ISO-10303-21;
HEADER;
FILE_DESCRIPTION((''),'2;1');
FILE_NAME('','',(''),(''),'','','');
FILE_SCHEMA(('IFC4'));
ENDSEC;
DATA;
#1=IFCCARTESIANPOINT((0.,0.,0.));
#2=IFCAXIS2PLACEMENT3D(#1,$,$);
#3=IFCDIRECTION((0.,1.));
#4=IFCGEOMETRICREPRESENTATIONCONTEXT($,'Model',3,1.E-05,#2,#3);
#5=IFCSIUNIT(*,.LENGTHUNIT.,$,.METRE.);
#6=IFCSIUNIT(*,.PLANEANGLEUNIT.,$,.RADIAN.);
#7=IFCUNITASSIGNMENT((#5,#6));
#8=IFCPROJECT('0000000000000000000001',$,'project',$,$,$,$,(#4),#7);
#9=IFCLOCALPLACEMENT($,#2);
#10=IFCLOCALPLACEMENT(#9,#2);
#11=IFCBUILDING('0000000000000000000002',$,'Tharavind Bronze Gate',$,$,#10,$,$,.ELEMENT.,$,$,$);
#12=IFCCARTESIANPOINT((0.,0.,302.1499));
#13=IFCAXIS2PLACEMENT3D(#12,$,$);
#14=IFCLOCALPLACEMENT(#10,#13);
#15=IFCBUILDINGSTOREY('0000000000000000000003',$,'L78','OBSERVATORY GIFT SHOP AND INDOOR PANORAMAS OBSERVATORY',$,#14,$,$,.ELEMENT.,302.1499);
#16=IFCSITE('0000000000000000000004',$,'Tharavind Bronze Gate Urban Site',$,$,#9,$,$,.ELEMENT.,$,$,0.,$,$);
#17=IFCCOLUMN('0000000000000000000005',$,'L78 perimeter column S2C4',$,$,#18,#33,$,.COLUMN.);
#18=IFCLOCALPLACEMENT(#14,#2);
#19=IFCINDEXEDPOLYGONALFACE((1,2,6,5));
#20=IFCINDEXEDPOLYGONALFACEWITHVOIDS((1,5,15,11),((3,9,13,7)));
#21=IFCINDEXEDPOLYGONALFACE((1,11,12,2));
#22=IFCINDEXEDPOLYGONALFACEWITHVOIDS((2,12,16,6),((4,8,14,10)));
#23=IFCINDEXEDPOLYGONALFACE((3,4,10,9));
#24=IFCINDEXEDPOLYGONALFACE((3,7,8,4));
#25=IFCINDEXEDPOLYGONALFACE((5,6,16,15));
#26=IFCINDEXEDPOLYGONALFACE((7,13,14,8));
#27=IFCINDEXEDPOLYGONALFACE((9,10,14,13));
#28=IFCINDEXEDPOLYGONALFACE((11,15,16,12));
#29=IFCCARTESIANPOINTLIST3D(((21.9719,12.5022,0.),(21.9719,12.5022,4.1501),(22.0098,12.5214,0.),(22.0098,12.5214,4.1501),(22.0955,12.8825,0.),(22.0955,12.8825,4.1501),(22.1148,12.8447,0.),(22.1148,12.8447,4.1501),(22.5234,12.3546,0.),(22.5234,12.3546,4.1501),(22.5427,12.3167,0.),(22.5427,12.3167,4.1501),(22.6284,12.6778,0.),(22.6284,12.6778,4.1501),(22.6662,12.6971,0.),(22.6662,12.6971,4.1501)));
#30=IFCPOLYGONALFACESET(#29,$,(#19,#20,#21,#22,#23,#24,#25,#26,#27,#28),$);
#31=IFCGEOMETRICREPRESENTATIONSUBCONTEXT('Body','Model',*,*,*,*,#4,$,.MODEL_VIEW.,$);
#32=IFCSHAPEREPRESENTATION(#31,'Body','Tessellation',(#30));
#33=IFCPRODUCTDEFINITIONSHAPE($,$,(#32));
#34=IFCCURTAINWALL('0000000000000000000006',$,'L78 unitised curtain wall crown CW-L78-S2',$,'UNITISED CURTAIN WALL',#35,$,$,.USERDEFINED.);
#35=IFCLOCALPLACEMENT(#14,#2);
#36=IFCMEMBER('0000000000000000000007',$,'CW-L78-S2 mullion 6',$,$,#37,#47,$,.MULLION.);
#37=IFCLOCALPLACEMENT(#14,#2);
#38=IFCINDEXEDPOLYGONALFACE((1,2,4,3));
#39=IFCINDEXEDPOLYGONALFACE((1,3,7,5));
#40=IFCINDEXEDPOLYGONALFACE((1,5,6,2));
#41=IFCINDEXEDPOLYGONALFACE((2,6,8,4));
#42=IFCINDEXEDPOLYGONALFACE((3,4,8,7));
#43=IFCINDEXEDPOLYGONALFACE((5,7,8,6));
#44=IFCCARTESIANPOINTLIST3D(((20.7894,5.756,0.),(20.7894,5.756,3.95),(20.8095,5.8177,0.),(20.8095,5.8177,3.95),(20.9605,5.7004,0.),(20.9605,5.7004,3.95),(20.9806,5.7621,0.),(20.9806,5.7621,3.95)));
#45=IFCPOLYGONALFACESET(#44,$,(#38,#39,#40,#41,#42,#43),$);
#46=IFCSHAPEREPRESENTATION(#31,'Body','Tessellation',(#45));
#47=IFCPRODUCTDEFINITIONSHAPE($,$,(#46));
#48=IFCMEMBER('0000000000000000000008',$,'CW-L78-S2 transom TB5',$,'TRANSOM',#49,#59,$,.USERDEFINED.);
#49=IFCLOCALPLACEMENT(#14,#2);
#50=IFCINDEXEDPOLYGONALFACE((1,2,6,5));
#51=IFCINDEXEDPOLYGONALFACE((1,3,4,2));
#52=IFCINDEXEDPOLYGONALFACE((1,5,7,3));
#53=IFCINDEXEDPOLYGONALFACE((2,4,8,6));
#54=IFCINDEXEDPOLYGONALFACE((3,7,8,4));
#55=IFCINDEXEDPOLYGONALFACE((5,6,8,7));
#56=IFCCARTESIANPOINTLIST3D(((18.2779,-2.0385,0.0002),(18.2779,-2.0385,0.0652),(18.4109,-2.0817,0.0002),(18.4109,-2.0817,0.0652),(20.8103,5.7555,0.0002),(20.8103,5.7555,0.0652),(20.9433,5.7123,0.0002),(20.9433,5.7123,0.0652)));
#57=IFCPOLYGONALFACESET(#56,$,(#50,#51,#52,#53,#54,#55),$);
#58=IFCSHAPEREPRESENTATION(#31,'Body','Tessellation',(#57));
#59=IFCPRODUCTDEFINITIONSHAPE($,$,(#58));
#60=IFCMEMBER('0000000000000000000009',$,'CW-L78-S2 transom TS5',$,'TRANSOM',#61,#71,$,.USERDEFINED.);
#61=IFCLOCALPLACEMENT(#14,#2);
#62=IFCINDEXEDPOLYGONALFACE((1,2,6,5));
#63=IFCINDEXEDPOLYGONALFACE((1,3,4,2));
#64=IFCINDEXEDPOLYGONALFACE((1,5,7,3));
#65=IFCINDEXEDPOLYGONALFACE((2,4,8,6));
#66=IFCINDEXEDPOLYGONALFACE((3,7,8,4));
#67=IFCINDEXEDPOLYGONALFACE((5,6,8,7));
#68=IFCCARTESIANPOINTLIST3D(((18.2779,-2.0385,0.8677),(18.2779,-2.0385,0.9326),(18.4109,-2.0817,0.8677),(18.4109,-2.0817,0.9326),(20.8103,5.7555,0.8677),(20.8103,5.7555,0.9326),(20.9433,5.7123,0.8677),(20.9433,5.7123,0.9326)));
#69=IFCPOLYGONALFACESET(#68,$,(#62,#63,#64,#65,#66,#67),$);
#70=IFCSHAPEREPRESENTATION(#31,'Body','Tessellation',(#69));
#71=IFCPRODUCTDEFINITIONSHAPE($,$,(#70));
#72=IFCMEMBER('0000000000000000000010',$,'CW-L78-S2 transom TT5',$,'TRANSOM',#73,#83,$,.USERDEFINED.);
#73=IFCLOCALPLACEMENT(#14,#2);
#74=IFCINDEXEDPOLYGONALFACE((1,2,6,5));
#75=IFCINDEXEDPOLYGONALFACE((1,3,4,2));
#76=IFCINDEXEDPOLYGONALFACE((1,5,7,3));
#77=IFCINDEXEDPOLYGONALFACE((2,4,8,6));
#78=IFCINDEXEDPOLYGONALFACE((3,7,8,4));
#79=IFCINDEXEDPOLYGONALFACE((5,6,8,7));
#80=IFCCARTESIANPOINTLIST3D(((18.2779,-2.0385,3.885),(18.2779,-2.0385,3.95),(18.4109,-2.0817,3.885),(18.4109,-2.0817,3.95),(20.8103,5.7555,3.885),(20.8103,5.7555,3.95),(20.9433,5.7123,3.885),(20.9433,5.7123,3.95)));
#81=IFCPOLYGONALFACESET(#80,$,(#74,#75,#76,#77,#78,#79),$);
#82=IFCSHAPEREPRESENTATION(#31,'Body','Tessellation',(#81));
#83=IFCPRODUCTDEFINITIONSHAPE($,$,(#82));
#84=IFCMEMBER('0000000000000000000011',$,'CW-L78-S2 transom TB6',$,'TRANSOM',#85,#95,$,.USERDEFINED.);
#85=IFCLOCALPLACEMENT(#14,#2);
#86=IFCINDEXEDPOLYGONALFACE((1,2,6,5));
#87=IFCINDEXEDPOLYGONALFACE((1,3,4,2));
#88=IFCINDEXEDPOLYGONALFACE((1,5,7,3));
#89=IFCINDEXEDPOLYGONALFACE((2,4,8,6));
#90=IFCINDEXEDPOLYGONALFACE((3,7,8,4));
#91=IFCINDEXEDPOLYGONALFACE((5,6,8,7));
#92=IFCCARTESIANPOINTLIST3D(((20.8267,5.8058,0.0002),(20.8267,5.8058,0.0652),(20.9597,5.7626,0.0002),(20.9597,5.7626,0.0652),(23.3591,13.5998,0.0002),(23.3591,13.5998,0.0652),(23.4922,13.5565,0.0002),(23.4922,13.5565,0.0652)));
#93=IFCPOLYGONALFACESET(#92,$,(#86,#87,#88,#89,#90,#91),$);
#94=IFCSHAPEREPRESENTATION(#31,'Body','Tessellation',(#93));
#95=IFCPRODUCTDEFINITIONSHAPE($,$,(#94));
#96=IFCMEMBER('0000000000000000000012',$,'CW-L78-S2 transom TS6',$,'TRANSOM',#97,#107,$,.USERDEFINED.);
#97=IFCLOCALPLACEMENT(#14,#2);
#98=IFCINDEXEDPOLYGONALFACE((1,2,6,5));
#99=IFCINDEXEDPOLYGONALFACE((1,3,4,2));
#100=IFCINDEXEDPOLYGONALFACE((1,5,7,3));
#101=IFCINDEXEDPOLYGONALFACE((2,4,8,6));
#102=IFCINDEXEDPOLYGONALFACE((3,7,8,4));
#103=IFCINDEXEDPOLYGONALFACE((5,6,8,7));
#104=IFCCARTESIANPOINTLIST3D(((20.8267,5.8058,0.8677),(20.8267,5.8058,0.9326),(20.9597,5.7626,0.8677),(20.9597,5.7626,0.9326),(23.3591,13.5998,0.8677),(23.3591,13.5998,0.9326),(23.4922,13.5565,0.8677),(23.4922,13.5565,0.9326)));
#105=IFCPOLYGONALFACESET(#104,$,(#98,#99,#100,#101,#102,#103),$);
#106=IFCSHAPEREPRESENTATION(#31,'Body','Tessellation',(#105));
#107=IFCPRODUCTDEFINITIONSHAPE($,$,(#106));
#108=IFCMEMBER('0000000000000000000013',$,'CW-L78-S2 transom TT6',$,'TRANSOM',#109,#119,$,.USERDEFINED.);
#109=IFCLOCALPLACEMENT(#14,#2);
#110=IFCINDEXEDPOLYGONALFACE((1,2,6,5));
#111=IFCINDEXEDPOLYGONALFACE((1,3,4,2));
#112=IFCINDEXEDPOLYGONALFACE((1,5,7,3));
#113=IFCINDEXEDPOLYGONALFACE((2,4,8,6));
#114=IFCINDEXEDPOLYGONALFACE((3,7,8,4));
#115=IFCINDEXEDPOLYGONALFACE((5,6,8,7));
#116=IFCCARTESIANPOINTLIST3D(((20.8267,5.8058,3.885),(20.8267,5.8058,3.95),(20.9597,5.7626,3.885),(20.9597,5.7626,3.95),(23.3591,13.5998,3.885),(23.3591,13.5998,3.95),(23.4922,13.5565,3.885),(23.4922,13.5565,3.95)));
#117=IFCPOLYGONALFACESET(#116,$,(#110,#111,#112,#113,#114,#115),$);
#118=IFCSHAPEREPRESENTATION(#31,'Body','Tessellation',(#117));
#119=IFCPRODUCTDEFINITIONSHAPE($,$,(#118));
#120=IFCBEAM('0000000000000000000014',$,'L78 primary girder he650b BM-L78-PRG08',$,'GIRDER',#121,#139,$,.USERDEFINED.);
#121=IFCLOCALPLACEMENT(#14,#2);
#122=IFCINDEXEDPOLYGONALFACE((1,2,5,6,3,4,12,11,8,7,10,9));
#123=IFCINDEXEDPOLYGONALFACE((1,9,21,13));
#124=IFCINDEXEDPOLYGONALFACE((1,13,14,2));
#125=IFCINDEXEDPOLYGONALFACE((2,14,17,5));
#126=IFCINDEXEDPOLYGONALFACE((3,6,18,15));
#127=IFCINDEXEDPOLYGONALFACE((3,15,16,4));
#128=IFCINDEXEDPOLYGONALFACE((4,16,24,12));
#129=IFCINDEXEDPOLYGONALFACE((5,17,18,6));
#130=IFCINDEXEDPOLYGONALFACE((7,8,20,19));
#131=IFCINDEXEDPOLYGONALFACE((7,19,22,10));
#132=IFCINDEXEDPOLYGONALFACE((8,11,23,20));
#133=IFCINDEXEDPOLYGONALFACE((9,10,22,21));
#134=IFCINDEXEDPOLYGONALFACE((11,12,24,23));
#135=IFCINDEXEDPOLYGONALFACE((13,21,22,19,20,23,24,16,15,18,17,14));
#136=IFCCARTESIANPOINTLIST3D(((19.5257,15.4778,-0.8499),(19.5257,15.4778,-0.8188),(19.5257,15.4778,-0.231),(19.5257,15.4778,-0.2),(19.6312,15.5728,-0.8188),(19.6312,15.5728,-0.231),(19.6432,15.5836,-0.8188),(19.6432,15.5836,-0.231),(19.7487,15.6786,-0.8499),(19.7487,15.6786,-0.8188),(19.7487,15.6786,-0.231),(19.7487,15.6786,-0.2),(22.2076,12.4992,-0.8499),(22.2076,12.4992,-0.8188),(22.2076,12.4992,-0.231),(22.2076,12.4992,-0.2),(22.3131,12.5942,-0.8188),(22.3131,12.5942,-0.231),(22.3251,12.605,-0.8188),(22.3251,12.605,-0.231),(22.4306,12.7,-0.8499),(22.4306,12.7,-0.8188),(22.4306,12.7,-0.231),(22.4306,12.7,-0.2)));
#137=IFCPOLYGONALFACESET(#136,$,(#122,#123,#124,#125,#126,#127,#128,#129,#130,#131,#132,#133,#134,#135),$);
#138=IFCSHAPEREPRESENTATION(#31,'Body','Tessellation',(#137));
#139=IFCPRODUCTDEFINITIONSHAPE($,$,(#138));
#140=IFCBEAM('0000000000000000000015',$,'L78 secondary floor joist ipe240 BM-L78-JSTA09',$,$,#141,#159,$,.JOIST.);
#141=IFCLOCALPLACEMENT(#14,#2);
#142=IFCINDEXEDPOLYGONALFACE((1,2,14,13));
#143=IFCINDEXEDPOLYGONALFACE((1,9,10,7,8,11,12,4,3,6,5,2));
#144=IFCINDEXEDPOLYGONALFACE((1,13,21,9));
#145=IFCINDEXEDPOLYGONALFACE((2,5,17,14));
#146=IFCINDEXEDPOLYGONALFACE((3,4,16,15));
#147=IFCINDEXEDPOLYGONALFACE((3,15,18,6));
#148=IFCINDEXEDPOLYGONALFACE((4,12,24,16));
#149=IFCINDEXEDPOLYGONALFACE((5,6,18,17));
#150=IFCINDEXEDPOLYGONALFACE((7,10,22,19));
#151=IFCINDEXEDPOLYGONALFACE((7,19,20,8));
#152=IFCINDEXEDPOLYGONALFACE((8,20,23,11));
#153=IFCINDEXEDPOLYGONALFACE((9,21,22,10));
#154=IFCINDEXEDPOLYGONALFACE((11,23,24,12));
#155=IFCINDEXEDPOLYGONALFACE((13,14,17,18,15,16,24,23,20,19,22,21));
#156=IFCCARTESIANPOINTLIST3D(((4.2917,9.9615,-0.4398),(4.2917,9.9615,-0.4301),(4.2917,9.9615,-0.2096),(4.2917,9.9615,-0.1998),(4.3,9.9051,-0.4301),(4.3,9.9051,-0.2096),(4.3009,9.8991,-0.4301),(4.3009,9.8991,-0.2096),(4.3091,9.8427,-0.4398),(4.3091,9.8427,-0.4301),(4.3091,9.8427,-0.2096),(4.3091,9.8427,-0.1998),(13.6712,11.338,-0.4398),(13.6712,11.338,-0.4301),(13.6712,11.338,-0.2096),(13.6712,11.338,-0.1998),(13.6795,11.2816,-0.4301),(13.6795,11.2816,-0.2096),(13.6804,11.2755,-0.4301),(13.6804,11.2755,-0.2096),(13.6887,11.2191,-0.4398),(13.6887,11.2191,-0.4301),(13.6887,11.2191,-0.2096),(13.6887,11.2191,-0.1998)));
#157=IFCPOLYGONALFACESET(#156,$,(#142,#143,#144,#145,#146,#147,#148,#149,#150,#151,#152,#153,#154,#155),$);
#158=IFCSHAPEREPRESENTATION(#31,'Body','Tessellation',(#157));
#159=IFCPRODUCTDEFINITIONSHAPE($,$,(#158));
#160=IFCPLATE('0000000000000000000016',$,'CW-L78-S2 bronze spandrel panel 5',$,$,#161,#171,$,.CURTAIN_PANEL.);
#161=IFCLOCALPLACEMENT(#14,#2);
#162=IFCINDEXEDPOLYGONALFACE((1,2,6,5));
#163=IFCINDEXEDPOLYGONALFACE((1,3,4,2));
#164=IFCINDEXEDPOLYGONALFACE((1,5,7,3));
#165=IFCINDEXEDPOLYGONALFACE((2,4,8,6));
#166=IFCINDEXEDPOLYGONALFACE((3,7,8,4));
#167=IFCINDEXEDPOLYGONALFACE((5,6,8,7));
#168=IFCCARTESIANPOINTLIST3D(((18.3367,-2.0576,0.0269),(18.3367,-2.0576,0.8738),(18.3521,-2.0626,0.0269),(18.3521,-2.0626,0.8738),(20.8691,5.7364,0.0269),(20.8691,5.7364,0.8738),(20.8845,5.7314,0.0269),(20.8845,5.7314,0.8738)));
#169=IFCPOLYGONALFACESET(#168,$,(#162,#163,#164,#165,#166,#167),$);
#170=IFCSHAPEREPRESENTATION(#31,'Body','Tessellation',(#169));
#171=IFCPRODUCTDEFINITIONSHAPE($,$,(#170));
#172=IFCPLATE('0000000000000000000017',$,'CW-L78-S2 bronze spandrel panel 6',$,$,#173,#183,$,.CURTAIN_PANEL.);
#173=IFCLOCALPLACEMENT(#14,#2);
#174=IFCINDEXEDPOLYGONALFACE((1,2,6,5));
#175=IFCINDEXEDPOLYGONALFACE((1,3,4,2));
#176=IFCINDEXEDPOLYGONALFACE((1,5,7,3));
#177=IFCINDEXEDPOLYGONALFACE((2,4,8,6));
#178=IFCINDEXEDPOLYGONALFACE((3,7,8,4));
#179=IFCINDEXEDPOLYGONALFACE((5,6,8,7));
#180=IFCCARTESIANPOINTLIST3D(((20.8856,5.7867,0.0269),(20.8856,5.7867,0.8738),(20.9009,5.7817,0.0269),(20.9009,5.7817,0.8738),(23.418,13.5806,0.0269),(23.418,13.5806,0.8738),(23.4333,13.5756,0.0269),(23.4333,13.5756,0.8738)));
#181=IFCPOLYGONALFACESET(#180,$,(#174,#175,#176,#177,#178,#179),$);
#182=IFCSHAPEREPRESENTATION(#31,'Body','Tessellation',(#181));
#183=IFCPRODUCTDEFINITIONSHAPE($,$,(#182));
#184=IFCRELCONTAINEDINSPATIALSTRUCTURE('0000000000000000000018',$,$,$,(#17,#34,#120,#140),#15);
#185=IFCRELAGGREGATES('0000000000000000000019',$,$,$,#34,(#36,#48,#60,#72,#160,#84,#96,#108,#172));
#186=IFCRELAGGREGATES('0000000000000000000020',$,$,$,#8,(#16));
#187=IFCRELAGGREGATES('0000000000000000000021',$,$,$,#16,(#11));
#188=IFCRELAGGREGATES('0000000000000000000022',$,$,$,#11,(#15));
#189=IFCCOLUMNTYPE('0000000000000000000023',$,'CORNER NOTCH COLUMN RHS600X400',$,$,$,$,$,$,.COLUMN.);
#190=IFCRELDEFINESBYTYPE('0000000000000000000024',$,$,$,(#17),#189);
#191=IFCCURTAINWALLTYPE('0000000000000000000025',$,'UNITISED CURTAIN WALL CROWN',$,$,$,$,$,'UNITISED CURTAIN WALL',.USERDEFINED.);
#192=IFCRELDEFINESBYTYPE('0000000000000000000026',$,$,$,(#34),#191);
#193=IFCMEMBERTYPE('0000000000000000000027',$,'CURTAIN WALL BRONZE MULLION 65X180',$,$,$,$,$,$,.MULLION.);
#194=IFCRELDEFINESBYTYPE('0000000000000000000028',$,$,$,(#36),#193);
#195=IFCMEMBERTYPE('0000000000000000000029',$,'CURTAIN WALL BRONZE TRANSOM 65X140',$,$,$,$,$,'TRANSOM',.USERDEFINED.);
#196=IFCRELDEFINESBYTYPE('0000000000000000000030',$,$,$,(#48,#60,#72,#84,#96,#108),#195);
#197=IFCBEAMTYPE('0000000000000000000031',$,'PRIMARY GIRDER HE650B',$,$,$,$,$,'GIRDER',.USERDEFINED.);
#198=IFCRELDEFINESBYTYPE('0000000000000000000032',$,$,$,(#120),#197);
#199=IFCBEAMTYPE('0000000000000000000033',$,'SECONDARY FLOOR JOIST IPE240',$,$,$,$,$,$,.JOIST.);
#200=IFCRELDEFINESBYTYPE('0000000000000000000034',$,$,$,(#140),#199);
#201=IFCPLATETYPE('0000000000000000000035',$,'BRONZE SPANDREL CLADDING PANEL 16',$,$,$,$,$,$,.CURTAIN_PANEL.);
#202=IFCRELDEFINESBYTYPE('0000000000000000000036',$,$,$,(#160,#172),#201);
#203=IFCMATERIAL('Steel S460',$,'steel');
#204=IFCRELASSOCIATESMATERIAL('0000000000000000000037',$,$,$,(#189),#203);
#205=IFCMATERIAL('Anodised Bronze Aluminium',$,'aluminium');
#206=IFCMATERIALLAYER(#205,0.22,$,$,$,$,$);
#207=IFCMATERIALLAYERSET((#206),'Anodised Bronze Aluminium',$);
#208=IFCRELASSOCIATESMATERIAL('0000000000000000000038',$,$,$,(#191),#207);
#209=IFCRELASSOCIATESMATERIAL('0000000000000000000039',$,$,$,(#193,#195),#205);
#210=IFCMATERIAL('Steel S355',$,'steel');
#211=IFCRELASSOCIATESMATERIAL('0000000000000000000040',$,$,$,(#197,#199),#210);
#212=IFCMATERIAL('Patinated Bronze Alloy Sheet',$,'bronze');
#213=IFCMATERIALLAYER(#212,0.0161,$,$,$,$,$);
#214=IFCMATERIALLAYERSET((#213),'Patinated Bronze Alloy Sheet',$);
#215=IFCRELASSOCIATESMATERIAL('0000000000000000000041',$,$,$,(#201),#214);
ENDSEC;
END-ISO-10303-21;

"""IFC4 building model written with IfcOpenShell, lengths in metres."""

from ifc_helpers import new_model, si_unit, direction, frame, origin, origin_2d, place, context, subcontext, project, spatial, rectangle, hollow_rectangle, i_section, extrude, material, layer, layer_set, material_profile, profile_set, type_object, element, aggregate, save


model = new_model("IFC4")

# Units and contexts
model_context = context("Model", 3, precision=1e-05, world=origin(), true_north=direction((0.0, 1.0)))
body_context = subcontext(model_context, "Body", "Model", "MODEL_VIEW")
ifc_project = project(units=[si_unit("LENGTHUNIT", "METRE"), si_unit("PLANEANGLEUNIT", "RADIAN")], contexts=[model_context])

# Site, building, storey
site_placement = place(None, origin())
site = spatial("IfcSite", under=ifc_project, at=site_placement, Name="Tharavind Bronze Gate Urban Site", CompositionType="ELEMENT", RefElevation=0.0)
building_placement = place(site_placement, origin())
building = spatial("IfcBuilding", under=site, at=building_placement, Name="Tharavind Bronze Gate", CompositionType="ELEMENT")
storey_placement = place(building_placement, frame((0.0, 0.0, 302.1499)))
storey = spatial("IfcBuildingStorey", under=building, at=storey_placement, Name="L78", Description="OBSERVATORY GIFT SHOP AND INDOOR PANORAMAS OBSERVATORY", CompositionType="ELEMENT", Elevation=302.1499)

# Column
ifc_material_1 = material(Name="Steel S460", Category="steel")
ifc_material_profile_1 = material_profile(ifc_material_1, hollow_rectangle(XDim=0.3999, YDim=0.6001, WallThickness=0.03, at=origin_2d()), Name="RHS600X400X30")
ifc_profile_set_1 = profile_set([ifc_material_profile_1], Name="Steel S460")
column_type = type_object("IfcColumnType", Name="CORNER NOTCH COLUMN RHS600X400", PredefinedType="COLUMN", material=ifc_profile_set_1)
column_placement = place(storey_placement, frame((22.3191, 12.5996, 0.0), z_axis=(0.0, 0.0, 1.0), x_axis=(0.309019, 0.951056, 0.0)))
element("IfcColumn", 1, at=column_placement, inside=storey, type_object=column_type, Name="L78 perimeter column S2C4", PredefinedType="COLUMN", context=body_context, shape_type="SweptSolid", body=[
    extrude(hollow_rectangle(XDim=0.3999, YDim=0.6001, WallThickness=0.03, at=origin_2d()), origin(), (0.0, 0.0, 1.0), 4.1501),
])

# Curtain wall, members
ifc_material_2 = material(Name="Anodised Bronze Aluminium", Category="aluminium")
ifc_layer_1 = layer(ifc_material_2, 0.22)
ifc_layer_set_1 = layer_set([ifc_layer_1], Name="Anodised Bronze Aluminium")
curtain_wall_type = type_object("IfcCurtainWallType", Name="UNITISED CURTAIN WALL CROWN", ElementType="UNITISED CURTAIN WALL", PredefinedType="USERDEFINED", material=ifc_layer_set_1)
curtain_wall_placement = place(storey_placement, origin())
curtain_wall = element("IfcCurtainWall", 2, at=curtain_wall_placement, inside=storey, type_object=curtain_wall_type, Name="L78 unitised curtain wall crown CW-L78-S2", ObjectType="UNITISED CURTAIN WALL", PredefinedType="USERDEFINED")
member_type_1 = type_object("IfcMemberType", Name="CURTAIN WALL BRONZE MULLION 65X180", PredefinedType="MULLION", material=ifc_material_2)
member_1_placement = place(storey_placement, frame((20.885, 5.759, 0.0), z_axis=(0.0, 0.0, 1.0), x_axis=(0.309017, 0.951057, 0.0)))
member_1 = element("IfcMember", 3, at=member_1_placement, type_object=member_type_1, Name="CW-L78-S2 mullion 6", PredefinedType="MULLION", context=body_context, shape_type="SweptSolid", body=[
    extrude(rectangle(XDim=0.0649, YDim=0.1799, at=origin_2d()), origin(), (0.0, 0.0, 1.0), 3.95),
])
member_type_2 = type_object("IfcMemberType", Name="CURTAIN WALL BRONZE TRANSOM 65X140", ElementType="TRANSOM", PredefinedType="USERDEFINED", material=ifc_material_2)
member_2_placement = place(storey_placement, frame((19.6106, 1.8369, 0.0002), z_axis=(0.0, 0.0, 1.0), x_axis=(0.309017, 0.951057, 0.0)))
member_2 = element("IfcMember", 4, at=member_2_placement, type_object=member_type_2, Name="CW-L78-S2 transom TB5", ObjectType="TRANSOM", PredefinedType="USERDEFINED", context=body_context, shape_type="SweptSolid", body=[
    extrude(rectangle(XDim=8.1951, YDim=0.1399, at=origin_2d()), origin(), (0.0, 0.0, 1.0), 0.0649),
])
member_3_placement = place(storey_placement, frame((19.6106, 1.8369, 0.8677), z_axis=(0.0, 0.0, 1.0), x_axis=(0.309017, 0.951057, 0.0)))
member_3 = element("IfcMember", 5, at=member_3_placement, type_object=member_type_2, Name="CW-L78-S2 transom TS5", ObjectType="TRANSOM", PredefinedType="USERDEFINED", context=body_context, shape_type="SweptSolid", body=[
    extrude(rectangle(XDim=8.1951, YDim=0.1399, at=origin_2d()), origin(), (0.0, 0.0, 1.0), 0.0649),
])
member_4_placement = place(storey_placement, frame((19.6106, 1.8369, 3.885), z_axis=(0.0, 0.0, 1.0), x_axis=(0.309017, 0.951057, 0.0)))
member_4 = element("IfcMember", 6, at=member_4_placement, type_object=member_type_2, Name="CW-L78-S2 transom TT5", ObjectType="TRANSOM", PredefinedType="USERDEFINED", context=body_context, shape_type="SweptSolid", body=[
    extrude(rectangle(XDim=8.1951, YDim=0.1399, at=origin_2d()), origin(), (0.0, 0.0, 1.0), 0.0649),
])
member_5_placement = place(storey_placement, frame((22.1594, 9.6812, 0.0002), z_axis=(0.0, 0.0, 1.0), x_axis=(0.309017, 0.951057, 0.0)))
member_5 = element("IfcMember", 7, at=member_5_placement, type_object=member_type_2, Name="CW-L78-S2 transom TB6", ObjectType="TRANSOM", PredefinedType="USERDEFINED", context=body_context, shape_type="SweptSolid", body=[
    extrude(rectangle(XDim=8.1951, YDim=0.1399, at=origin_2d()), origin(), (0.0, 0.0, 1.0), 0.0649),
])
member_6_placement = place(storey_placement, frame((22.1594, 9.6812, 0.8677), z_axis=(0.0, 0.0, 1.0), x_axis=(0.309017, 0.951057, 0.0)))
member_6 = element("IfcMember", 8, at=member_6_placement, type_object=member_type_2, Name="CW-L78-S2 transom TS6", ObjectType="TRANSOM", PredefinedType="USERDEFINED", context=body_context, shape_type="SweptSolid", body=[
    extrude(rectangle(XDim=8.1951, YDim=0.1399, at=origin_2d()), origin(), (0.0, 0.0, 1.0), 0.0649),
])
member_7_placement = place(storey_placement, frame((22.1594, 9.6812, 3.885), z_axis=(0.0, 0.0, 1.0), x_axis=(0.309017, 0.951057, 0.0)))
member_7 = element("IfcMember", 9, at=member_7_placement, type_object=member_type_2, Name="CW-L78-S2 transom TT6", ObjectType="TRANSOM", PredefinedType="USERDEFINED", context=body_context, shape_type="SweptSolid", body=[
    extrude(rectangle(XDim=8.1951, YDim=0.1399, at=origin_2d()), origin(), (0.0, 0.0, 1.0), 0.0649),
])

# Beams
ifc_material_3 = material(Name="Steel S355", Category="steel")
ifc_material_profile_2 = material_profile(ifc_material_3, i_section(OverallWidth=0.3, OverallDepth=0.6499, WebThickness=0.0161, FlangeThickness=0.031, at=origin_2d()), Name="HE650B")
ifc_profile_set_2 = profile_set([ifc_material_profile_2], Name="Steel S355")
beam_type_1 = type_object("IfcBeamType", Name="PRIMARY GIRDER HE650B", ElementType="GIRDER", PredefinedType="USERDEFINED", material=ifc_profile_set_2)
beam_1_placement = place(storey_placement, frame((22.3191, 12.5996, -0.5249), z_axis=(-0.669133, 0.743143, 0.0), x_axis=(-0.743143, -0.669133, 0.0)))
element("IfcBeam", 10, at=beam_1_placement, inside=storey, type_object=beam_type_1, Name="L78 primary girder he650b BM-L78-PRG08", ObjectType="GIRDER", PredefinedType="USERDEFINED", context=body_context, shape_type="SweptSolid", body=[
    extrude(i_section(OverallWidth=0.3, OverallDepth=0.6499, WebThickness=0.0161, FlangeThickness=0.031, at=origin_2d()), origin(), (0.0, 0.0, 1.0), 4.0081),
])
ifc_material_profile_3 = material_profile(ifc_material_3, i_section(OverallWidth=0.1201, OverallDepth=0.24, WebThickness=0.0061, FlangeThickness=0.0098, at=origin_2d()), Name="IPE240")
ifc_profile_set_3 = profile_set([ifc_material_profile_3], Name="Steel S355")
beam_type_2 = type_object("IfcBeamType", Name="SECONDARY FLOOR JOIST IPE240", PredefinedType="JOIST", material=ifc_profile_set_3)
beam_2_placement = place(storey_placement, frame((13.6799, 11.2786, -0.3198), z_axis=(-0.989403, -0.145195, 0.0), x_axis=(0.145195, -0.989403, 0.0)))
element("IfcBeam", 11, at=beam_2_placement, inside=storey, type_object=beam_type_2, Name="L78 secondary floor joist ipe240 BM-L78-JSTA09", PredefinedType="JOIST", context=body_context, shape_type="SweptSolid", body=[
    extrude(i_section(OverallWidth=0.1201, OverallDepth=0.24, WebThickness=0.0061, FlangeThickness=0.0098, at=origin_2d()), origin(), (0.0, 0.0, 1.0), 9.48),
])

# Plates
ifc_material_4 = material(Name="Patinated Bronze Alloy Sheet", Category="bronze")
ifc_layer_2 = layer(ifc_material_4, 0.0161)
ifc_layer_set_2 = layer_set([ifc_layer_2], Name="Patinated Bronze Alloy Sheet")
plate_type_1 = type_object("IfcPlateType", Name="BRONZE SPANDREL CLADDING PANEL 16", PredefinedType="CURTAIN_PANEL", material=ifc_layer_set_2)
plate_1_placement = place(storey_placement, frame((19.6106, 1.8369, 0.0269), z_axis=(0.0, 0.0, 1.0), x_axis=(0.309017, 0.951057, 0.0)))
plate_1 = element("IfcPlate", 12, at=plate_1_placement, type_object=plate_type_1, Name="CW-L78-S2 bronze spandrel panel 5", PredefinedType="CURTAIN_PANEL", context=body_context, shape_type="SweptSolid", body=[
    extrude(rectangle(XDim=8.1951, YDim=0.0161, at=origin_2d()), origin(), (0.0, 0.0, 1.0), 0.8469),
])
plate_2_placement = place(storey_placement, frame((22.1594, 9.6812, 0.0269), z_axis=(0.0, 0.0, 1.0), x_axis=(0.309017, 0.951057, 0.0)))
plate_2 = element("IfcPlate", 13, at=plate_2_placement, type_object=plate_type_1, Name="CW-L78-S2 bronze spandrel panel 6", PredefinedType="CURTAIN_PANEL", context=body_context, shape_type="SweptSolid", body=[
    extrude(rectangle(XDim=8.1951, YDim=0.0161, at=origin_2d()), origin(), (0.0, 0.0, 1.0), 0.8469),
])
aggregate(curtain_wall, [member_1, member_2, member_3, member_4, plate_1, member_5, member_6, member_7, plate_2])

save(model, "model.ifc")
